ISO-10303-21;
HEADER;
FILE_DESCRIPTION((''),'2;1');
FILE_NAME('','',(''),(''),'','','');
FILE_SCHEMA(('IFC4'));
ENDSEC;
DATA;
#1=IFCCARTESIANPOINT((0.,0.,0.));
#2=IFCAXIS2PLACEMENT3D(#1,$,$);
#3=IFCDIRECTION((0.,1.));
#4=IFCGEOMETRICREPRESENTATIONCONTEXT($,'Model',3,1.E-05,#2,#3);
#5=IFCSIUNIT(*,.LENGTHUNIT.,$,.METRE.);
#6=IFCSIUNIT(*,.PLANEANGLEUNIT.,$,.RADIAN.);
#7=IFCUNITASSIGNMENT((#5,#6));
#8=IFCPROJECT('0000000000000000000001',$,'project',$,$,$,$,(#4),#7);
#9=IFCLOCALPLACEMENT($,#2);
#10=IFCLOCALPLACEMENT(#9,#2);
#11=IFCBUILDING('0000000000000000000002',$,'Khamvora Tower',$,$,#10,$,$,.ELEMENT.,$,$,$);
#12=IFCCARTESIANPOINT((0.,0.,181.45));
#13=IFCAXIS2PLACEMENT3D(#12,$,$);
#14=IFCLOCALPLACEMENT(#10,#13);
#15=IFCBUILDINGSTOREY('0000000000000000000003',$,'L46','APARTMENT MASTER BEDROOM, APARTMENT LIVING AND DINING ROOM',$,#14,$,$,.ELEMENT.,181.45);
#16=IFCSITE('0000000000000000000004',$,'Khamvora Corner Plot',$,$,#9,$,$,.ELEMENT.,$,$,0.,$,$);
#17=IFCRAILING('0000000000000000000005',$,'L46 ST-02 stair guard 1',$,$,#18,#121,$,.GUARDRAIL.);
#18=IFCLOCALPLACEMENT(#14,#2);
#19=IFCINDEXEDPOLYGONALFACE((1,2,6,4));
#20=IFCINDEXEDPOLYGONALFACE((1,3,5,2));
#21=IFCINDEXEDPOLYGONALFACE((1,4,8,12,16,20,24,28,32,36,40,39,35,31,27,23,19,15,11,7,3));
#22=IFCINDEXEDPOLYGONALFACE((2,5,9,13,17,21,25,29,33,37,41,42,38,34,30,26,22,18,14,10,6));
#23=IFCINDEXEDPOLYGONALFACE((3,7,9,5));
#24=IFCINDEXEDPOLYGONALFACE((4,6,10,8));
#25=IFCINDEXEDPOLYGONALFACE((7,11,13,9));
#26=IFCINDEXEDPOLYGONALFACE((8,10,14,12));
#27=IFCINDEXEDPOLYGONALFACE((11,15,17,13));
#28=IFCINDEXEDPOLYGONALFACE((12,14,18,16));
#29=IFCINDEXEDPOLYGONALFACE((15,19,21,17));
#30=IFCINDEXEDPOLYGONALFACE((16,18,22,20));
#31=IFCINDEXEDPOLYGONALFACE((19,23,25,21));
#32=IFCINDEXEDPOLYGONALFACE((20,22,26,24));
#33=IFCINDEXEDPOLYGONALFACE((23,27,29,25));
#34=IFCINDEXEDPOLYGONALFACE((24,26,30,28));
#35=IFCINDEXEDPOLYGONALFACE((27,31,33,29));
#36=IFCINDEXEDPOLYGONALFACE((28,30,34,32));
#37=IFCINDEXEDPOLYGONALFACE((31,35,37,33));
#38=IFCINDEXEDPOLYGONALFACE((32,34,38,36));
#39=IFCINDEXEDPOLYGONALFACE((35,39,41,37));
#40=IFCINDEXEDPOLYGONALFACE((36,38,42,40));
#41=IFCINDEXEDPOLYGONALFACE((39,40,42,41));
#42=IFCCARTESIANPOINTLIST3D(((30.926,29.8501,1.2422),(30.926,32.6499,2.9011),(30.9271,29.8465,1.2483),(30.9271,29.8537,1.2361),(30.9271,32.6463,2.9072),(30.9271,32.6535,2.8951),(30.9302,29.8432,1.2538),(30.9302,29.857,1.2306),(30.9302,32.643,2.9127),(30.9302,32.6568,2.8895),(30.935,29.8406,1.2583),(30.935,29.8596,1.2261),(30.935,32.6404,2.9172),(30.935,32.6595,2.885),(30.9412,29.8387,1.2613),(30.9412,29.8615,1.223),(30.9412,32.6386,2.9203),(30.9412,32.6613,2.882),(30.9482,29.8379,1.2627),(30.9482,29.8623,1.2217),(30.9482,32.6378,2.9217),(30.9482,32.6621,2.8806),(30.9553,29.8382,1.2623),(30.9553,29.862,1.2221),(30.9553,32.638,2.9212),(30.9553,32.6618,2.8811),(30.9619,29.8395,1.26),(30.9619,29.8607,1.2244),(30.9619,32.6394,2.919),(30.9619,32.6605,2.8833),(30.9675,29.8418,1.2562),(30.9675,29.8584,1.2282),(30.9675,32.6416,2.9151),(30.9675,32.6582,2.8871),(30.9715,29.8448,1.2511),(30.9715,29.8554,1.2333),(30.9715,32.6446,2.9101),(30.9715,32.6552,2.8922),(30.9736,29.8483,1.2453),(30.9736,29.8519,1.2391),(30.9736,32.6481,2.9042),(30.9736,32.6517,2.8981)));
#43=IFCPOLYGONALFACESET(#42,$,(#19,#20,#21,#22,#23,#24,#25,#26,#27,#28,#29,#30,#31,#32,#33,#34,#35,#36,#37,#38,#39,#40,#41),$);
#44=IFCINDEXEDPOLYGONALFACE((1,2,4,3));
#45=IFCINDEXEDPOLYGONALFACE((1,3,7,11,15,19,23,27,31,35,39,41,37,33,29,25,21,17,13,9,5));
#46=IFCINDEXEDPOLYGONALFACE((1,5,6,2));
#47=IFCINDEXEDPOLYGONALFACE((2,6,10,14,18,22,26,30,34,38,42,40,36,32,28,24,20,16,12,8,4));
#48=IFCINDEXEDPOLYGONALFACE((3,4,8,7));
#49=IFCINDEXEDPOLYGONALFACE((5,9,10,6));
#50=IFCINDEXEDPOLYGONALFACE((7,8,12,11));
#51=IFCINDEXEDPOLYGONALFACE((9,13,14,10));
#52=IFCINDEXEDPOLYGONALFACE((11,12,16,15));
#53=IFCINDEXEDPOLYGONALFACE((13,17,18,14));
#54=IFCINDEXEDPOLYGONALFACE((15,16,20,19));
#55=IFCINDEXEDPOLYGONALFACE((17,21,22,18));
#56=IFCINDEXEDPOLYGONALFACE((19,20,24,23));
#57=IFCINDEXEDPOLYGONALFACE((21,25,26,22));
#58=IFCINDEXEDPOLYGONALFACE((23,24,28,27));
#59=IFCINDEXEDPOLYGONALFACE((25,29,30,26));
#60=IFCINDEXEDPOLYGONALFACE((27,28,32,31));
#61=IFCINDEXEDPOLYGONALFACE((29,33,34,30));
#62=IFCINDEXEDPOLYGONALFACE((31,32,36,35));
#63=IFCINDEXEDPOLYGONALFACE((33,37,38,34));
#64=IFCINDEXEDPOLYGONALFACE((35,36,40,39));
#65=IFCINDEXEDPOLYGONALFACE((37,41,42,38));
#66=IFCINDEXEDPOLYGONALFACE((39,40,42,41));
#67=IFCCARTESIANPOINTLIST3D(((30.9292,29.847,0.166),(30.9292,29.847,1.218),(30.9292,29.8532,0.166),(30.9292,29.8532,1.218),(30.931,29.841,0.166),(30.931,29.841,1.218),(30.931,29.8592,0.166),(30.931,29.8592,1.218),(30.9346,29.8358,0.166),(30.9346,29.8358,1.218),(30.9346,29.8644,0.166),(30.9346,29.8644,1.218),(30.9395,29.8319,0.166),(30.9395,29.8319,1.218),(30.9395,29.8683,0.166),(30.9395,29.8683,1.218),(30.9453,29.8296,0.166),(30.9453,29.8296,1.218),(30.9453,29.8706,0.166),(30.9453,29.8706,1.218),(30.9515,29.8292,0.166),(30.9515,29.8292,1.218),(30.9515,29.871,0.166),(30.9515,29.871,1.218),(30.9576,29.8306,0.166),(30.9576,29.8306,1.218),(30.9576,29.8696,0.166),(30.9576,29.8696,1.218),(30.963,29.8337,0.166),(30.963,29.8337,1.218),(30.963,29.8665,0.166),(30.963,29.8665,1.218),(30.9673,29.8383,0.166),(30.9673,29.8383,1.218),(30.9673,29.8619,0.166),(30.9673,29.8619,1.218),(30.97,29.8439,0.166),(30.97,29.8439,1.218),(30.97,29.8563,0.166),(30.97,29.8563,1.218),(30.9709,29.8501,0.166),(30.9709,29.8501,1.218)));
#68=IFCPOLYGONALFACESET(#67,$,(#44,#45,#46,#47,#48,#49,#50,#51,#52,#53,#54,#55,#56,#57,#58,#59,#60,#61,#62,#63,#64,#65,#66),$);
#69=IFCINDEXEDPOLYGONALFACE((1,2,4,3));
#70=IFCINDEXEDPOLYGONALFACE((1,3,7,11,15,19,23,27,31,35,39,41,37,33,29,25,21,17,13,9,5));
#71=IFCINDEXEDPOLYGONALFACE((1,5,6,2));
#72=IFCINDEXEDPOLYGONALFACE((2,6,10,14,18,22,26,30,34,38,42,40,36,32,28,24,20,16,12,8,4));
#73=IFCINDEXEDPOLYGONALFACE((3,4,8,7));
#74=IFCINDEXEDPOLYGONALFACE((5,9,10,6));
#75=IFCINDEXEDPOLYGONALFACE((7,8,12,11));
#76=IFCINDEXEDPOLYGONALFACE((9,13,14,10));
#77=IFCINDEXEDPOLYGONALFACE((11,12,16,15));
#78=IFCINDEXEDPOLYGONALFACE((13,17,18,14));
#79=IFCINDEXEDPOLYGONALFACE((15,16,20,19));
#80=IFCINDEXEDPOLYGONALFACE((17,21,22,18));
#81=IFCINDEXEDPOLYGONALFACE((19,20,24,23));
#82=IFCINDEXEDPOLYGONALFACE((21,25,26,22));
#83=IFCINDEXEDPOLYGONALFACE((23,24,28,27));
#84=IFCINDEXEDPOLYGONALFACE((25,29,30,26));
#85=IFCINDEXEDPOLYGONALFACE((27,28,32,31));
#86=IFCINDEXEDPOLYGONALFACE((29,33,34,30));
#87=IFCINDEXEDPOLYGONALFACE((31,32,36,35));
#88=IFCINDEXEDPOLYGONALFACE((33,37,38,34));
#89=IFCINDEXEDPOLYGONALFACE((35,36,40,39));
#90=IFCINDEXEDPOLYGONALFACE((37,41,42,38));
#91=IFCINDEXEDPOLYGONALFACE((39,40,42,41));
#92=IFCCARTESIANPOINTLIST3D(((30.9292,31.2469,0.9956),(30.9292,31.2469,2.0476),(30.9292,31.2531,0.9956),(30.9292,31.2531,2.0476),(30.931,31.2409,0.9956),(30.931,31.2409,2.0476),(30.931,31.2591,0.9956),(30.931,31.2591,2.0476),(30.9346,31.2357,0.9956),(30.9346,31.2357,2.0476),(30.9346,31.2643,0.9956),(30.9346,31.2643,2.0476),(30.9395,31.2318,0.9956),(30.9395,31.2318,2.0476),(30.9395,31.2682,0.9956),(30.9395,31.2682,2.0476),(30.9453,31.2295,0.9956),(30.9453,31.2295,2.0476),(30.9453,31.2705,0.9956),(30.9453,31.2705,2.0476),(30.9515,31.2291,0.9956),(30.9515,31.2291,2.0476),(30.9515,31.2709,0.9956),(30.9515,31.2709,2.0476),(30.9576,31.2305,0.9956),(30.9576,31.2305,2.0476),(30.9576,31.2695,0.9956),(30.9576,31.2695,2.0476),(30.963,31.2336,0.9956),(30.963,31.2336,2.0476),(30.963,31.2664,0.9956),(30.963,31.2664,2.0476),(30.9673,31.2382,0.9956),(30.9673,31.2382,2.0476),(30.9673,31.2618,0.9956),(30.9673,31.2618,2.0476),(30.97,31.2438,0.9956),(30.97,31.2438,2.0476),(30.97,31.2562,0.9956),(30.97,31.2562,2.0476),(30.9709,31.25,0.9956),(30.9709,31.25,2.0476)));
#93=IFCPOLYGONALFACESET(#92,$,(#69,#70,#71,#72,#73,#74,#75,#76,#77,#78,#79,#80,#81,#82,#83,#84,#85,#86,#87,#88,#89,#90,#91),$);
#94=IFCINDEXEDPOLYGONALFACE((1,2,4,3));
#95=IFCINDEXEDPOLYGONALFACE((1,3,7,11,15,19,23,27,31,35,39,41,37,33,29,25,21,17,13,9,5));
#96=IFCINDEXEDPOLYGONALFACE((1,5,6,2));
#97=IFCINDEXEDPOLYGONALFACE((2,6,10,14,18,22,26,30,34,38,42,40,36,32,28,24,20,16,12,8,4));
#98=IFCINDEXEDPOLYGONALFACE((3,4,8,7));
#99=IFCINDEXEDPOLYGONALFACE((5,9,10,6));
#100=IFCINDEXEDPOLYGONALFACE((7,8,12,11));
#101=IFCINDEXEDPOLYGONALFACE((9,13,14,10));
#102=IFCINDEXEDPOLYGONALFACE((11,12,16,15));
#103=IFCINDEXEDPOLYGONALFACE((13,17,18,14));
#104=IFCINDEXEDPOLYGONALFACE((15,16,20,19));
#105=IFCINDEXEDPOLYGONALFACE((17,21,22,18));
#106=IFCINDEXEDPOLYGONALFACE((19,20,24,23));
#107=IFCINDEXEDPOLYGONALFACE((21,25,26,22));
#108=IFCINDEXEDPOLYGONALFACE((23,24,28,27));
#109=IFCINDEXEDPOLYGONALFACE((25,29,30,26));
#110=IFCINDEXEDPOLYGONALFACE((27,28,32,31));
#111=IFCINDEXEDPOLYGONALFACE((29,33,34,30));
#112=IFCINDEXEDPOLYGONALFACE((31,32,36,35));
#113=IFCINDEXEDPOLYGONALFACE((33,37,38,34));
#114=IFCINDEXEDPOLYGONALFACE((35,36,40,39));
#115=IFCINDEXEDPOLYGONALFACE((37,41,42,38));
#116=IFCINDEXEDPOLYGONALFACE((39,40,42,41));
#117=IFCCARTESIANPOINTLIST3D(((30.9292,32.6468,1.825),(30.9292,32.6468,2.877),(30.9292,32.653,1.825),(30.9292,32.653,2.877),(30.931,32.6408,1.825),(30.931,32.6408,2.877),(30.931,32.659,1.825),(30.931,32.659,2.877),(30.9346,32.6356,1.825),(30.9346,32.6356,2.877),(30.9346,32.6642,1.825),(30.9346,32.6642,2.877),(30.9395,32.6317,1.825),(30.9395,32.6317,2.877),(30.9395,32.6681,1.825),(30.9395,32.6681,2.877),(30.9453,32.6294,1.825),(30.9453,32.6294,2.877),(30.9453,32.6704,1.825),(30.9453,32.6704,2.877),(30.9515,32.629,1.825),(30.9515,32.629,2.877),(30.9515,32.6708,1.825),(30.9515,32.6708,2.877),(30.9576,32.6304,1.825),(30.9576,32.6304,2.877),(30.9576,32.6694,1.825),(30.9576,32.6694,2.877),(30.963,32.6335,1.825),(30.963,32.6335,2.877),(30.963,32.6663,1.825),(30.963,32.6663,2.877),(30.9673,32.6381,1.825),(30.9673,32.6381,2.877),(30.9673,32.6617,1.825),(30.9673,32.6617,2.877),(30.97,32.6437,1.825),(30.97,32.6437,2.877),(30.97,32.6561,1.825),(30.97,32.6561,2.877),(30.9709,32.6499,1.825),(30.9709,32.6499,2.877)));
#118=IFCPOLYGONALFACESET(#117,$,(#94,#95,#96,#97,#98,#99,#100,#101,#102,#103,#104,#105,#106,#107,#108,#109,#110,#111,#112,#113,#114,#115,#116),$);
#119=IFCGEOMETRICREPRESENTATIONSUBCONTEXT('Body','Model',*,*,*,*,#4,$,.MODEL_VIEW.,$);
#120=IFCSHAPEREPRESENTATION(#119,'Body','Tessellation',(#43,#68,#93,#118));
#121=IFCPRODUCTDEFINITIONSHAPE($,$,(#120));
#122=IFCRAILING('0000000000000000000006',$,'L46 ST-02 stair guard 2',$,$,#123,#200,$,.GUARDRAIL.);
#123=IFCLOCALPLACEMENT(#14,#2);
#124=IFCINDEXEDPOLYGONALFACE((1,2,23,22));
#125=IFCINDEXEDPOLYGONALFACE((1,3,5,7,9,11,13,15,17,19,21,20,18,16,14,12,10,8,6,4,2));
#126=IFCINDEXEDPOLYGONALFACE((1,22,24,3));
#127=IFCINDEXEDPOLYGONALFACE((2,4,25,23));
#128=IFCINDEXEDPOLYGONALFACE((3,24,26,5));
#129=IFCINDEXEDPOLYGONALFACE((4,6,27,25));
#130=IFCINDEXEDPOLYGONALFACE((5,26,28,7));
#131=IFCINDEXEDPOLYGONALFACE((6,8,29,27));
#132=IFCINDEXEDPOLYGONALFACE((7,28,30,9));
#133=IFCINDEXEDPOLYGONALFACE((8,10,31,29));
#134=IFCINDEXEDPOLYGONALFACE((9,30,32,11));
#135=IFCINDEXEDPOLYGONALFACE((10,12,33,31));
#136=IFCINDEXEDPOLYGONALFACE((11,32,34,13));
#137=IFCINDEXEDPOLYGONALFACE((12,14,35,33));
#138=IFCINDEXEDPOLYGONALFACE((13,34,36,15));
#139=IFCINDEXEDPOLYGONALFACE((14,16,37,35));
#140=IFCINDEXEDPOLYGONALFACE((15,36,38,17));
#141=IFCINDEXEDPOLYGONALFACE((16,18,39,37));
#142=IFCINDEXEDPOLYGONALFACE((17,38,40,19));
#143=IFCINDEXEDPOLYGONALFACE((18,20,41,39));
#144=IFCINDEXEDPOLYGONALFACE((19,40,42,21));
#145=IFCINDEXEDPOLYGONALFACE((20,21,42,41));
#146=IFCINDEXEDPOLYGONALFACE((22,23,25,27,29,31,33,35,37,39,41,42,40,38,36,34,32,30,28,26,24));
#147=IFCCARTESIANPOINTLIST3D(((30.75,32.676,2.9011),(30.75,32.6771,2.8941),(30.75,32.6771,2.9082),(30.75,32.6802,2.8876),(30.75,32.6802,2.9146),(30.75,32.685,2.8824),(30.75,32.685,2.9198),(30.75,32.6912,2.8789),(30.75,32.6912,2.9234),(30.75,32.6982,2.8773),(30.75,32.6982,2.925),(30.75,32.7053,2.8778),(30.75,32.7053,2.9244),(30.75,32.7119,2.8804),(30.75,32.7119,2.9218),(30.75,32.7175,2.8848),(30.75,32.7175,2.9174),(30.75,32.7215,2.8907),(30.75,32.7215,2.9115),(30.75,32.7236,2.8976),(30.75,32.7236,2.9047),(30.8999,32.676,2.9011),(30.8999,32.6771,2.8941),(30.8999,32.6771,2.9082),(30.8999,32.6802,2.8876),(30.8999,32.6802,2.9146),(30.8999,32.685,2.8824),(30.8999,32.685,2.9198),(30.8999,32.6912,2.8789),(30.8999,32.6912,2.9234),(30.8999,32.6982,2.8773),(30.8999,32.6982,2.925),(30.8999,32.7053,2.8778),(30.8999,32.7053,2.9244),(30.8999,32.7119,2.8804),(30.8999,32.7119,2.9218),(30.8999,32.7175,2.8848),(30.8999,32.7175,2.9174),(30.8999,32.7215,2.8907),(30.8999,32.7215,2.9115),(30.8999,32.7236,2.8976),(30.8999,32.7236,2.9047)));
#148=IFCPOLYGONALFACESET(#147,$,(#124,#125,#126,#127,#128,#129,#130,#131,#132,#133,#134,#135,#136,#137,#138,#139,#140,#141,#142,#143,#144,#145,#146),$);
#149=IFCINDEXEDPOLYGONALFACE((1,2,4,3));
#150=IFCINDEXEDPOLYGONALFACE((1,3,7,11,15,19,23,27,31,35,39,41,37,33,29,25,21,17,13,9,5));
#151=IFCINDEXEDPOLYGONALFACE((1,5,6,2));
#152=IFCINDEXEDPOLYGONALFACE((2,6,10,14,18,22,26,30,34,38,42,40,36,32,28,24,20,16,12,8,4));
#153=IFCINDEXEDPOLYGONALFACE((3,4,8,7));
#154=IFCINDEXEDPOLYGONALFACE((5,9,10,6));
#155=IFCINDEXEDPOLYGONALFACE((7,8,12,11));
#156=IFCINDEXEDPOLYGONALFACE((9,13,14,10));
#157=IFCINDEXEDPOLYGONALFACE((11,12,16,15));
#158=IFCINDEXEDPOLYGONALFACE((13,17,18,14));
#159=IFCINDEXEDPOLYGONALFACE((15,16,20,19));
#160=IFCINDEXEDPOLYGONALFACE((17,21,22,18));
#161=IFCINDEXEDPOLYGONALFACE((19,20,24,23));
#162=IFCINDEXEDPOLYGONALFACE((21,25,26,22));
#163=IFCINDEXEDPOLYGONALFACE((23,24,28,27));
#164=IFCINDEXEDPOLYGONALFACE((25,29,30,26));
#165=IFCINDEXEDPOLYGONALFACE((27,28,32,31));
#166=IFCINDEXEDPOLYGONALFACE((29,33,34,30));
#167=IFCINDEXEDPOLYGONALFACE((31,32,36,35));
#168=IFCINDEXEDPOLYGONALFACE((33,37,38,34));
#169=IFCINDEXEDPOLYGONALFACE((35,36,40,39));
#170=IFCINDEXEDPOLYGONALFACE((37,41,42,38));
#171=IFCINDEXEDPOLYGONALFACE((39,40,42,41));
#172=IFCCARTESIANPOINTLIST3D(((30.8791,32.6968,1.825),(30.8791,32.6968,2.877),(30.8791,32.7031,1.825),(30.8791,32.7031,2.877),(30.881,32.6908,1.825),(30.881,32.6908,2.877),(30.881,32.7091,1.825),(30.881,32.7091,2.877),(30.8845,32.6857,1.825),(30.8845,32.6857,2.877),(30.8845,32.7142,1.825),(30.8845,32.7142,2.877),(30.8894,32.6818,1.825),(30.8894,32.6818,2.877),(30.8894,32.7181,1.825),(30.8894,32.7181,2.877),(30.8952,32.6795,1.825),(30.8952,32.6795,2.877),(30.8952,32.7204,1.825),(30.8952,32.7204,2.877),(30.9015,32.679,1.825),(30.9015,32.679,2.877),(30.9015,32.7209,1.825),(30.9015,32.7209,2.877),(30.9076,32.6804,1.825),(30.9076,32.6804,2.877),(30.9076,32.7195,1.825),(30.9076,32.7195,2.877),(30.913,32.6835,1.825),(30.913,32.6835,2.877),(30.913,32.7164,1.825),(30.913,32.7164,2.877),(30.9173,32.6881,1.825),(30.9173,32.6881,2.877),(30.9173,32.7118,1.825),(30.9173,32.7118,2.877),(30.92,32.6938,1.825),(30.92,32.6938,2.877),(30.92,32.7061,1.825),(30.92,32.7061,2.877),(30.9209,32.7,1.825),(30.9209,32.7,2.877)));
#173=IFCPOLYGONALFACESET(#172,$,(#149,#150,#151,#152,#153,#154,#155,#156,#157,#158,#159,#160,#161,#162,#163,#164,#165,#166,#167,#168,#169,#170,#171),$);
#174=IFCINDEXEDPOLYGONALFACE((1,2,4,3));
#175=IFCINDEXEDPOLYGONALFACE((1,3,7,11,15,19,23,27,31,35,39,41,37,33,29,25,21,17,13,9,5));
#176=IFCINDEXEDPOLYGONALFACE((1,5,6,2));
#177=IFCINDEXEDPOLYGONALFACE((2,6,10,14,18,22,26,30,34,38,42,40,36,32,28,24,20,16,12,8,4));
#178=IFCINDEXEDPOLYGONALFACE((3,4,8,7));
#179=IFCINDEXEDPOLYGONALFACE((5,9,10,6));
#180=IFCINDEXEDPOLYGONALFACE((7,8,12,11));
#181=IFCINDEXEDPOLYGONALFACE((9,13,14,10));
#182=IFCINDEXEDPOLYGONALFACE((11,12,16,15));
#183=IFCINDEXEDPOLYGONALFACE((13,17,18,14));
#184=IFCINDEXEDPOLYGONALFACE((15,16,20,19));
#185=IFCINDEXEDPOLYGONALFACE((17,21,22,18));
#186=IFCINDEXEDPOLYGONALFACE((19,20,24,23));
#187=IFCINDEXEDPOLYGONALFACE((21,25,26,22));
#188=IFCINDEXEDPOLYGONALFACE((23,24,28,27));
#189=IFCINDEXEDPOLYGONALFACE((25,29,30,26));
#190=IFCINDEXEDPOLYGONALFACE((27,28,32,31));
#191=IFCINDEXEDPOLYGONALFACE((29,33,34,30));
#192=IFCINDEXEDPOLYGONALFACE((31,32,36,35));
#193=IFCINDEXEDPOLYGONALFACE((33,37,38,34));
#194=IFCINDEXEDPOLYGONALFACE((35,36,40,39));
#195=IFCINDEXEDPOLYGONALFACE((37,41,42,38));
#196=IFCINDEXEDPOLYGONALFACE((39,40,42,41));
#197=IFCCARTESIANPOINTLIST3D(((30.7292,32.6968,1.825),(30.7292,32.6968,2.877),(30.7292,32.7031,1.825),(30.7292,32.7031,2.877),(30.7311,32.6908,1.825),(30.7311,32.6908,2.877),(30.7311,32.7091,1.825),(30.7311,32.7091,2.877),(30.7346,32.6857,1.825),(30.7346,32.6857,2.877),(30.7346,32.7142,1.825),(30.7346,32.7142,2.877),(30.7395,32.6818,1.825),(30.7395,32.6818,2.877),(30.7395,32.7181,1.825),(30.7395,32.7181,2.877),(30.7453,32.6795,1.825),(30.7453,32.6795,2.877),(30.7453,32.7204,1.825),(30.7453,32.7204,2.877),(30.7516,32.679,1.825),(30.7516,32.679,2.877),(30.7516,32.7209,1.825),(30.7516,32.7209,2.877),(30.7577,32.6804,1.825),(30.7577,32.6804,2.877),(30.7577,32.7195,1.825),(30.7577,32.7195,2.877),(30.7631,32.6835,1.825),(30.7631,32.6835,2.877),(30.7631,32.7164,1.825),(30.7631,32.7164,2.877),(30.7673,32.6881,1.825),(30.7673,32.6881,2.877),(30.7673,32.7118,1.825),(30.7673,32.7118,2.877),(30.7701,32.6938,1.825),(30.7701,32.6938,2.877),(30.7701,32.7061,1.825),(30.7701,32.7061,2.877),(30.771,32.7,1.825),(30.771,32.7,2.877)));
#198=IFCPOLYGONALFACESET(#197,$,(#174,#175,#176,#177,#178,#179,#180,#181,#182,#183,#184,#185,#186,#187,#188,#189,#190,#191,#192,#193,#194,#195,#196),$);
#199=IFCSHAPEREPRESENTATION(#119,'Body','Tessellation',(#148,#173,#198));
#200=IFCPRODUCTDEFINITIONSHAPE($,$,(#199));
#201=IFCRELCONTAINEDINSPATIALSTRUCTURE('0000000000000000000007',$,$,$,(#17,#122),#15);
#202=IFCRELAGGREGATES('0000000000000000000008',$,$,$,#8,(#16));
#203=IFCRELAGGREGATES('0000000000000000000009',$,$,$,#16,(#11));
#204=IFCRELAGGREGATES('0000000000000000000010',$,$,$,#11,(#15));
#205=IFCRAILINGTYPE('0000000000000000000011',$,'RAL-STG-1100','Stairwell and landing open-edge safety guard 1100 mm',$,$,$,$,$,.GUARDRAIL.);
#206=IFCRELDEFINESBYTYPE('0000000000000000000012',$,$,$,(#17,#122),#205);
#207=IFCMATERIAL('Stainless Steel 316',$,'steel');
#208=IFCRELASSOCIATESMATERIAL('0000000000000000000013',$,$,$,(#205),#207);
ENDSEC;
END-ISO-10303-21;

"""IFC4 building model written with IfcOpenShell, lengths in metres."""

from ifc_helpers import new_model, si_unit, direction, frame, origin, origin_2d, place, context, subcontext, project, spatial, circle, extrude, material, type_object, element, save


model = new_model("IFC4")

# Units and contexts
model_context = context("Model", 3, precision=1e-05, world=origin(), true_north=direction((0.0, 1.0)))
body_context = subcontext(model_context, "Body", "Model", "MODEL_VIEW")
ifc_project = project(units=[si_unit("LENGTHUNIT", "METRE"), si_unit("PLANEANGLEUNIT", "RADIAN")], contexts=[model_context])

# Site, building, storey
site_placement = place(None, origin())
site = spatial("IfcSite", under=ifc_project, at=site_placement, Name="Khamvora Corner Plot", CompositionType="ELEMENT", RefElevation=0.0)
building_placement = place(site_placement, origin())
building = spatial("IfcBuilding", under=site, at=building_placement, Name="Khamvora Tower", CompositionType="ELEMENT")
storey_placement = place(building_placement, frame((0.0, 0.0, 181.45)))
storey = spatial("IfcBuildingStorey", under=building, at=storey_placement, Name="L46", Description="APARTMENT MASTER BEDROOM, APARTMENT LIVING AND DINING ROOM", CompositionType="ELEMENT", Elevation=181.45)

# Railings
ifc_material_1 = material(Name="Stainless Steel 316", Category="steel")
railing_type_1 = type_object("IfcRailingType", Name="RAL-STG-1100", Description="Stairwell and landing open-edge safety guard 1100 mm", PredefinedType="GUARDRAIL", material=ifc_material_1)
railing_1_placement = place(storey_placement, frame((30.95, 29.8501, 0.166)))
element("IfcRailing", 1, at=railing_1_placement, inside=storey, type_object=railing_type_1, Name="L46 ST-02 stair guard 1", PredefinedType="GUARDRAIL", context=body_context, shape_type="SweptSolid", body=[
    extrude(circle(Radius=0.0239, at=origin_2d()), frame((0.0, 0.0, 1.0762), z_axis=(0.0, 0.86032, 0.509755), x_axis=(-1.0, 0.0, 0.0)), (0.0, 0.0, 1.0), 3.2544),
    extrude(circle(Radius=0.021, at=origin_2d()), origin(), (0.0, 0.0, 1.0), 1.052),
    extrude(circle(Radius=0.021, at=origin_2d()), frame((0.0, 1.3999, 0.8296)), (0.0, 0.0, 1.0), 1.052),
    extrude(circle(Radius=0.021, at=origin_2d()), frame((0.0, 2.7998, 1.6589)), (0.0, 0.0, 1.0), 1.052),
])
railing_2_placement = place(storey_placement, frame((30.8999, 32.7, 1.825)))
element("IfcRailing", 2, at=railing_2_placement, inside=storey, type_object=railing_type_1, Name="L46 ST-02 stair guard 2", PredefinedType="GUARDRAIL", context=body_context, shape_type="SweptSolid", body=[
    extrude(circle(Radius=0.0239, at=origin_2d()), frame((0.0, 0.0, 1.0762), z_axis=(-1.0, 0.0, 0.0), x_axis=(0.0, -1.0, 0.0)), (0.0, 0.0, 1.0), 0.1499),
    extrude(circle(Radius=0.021, at=origin_2d()), origin(), (0.0, 0.0, 1.0), 1.052),
    extrude(circle(Radius=0.021, at=origin_2d()), frame((-0.1499, 0.0, 0.0)), (0.0, 0.0, 1.0), 1.052),
])

save(model, "model.ifc")
